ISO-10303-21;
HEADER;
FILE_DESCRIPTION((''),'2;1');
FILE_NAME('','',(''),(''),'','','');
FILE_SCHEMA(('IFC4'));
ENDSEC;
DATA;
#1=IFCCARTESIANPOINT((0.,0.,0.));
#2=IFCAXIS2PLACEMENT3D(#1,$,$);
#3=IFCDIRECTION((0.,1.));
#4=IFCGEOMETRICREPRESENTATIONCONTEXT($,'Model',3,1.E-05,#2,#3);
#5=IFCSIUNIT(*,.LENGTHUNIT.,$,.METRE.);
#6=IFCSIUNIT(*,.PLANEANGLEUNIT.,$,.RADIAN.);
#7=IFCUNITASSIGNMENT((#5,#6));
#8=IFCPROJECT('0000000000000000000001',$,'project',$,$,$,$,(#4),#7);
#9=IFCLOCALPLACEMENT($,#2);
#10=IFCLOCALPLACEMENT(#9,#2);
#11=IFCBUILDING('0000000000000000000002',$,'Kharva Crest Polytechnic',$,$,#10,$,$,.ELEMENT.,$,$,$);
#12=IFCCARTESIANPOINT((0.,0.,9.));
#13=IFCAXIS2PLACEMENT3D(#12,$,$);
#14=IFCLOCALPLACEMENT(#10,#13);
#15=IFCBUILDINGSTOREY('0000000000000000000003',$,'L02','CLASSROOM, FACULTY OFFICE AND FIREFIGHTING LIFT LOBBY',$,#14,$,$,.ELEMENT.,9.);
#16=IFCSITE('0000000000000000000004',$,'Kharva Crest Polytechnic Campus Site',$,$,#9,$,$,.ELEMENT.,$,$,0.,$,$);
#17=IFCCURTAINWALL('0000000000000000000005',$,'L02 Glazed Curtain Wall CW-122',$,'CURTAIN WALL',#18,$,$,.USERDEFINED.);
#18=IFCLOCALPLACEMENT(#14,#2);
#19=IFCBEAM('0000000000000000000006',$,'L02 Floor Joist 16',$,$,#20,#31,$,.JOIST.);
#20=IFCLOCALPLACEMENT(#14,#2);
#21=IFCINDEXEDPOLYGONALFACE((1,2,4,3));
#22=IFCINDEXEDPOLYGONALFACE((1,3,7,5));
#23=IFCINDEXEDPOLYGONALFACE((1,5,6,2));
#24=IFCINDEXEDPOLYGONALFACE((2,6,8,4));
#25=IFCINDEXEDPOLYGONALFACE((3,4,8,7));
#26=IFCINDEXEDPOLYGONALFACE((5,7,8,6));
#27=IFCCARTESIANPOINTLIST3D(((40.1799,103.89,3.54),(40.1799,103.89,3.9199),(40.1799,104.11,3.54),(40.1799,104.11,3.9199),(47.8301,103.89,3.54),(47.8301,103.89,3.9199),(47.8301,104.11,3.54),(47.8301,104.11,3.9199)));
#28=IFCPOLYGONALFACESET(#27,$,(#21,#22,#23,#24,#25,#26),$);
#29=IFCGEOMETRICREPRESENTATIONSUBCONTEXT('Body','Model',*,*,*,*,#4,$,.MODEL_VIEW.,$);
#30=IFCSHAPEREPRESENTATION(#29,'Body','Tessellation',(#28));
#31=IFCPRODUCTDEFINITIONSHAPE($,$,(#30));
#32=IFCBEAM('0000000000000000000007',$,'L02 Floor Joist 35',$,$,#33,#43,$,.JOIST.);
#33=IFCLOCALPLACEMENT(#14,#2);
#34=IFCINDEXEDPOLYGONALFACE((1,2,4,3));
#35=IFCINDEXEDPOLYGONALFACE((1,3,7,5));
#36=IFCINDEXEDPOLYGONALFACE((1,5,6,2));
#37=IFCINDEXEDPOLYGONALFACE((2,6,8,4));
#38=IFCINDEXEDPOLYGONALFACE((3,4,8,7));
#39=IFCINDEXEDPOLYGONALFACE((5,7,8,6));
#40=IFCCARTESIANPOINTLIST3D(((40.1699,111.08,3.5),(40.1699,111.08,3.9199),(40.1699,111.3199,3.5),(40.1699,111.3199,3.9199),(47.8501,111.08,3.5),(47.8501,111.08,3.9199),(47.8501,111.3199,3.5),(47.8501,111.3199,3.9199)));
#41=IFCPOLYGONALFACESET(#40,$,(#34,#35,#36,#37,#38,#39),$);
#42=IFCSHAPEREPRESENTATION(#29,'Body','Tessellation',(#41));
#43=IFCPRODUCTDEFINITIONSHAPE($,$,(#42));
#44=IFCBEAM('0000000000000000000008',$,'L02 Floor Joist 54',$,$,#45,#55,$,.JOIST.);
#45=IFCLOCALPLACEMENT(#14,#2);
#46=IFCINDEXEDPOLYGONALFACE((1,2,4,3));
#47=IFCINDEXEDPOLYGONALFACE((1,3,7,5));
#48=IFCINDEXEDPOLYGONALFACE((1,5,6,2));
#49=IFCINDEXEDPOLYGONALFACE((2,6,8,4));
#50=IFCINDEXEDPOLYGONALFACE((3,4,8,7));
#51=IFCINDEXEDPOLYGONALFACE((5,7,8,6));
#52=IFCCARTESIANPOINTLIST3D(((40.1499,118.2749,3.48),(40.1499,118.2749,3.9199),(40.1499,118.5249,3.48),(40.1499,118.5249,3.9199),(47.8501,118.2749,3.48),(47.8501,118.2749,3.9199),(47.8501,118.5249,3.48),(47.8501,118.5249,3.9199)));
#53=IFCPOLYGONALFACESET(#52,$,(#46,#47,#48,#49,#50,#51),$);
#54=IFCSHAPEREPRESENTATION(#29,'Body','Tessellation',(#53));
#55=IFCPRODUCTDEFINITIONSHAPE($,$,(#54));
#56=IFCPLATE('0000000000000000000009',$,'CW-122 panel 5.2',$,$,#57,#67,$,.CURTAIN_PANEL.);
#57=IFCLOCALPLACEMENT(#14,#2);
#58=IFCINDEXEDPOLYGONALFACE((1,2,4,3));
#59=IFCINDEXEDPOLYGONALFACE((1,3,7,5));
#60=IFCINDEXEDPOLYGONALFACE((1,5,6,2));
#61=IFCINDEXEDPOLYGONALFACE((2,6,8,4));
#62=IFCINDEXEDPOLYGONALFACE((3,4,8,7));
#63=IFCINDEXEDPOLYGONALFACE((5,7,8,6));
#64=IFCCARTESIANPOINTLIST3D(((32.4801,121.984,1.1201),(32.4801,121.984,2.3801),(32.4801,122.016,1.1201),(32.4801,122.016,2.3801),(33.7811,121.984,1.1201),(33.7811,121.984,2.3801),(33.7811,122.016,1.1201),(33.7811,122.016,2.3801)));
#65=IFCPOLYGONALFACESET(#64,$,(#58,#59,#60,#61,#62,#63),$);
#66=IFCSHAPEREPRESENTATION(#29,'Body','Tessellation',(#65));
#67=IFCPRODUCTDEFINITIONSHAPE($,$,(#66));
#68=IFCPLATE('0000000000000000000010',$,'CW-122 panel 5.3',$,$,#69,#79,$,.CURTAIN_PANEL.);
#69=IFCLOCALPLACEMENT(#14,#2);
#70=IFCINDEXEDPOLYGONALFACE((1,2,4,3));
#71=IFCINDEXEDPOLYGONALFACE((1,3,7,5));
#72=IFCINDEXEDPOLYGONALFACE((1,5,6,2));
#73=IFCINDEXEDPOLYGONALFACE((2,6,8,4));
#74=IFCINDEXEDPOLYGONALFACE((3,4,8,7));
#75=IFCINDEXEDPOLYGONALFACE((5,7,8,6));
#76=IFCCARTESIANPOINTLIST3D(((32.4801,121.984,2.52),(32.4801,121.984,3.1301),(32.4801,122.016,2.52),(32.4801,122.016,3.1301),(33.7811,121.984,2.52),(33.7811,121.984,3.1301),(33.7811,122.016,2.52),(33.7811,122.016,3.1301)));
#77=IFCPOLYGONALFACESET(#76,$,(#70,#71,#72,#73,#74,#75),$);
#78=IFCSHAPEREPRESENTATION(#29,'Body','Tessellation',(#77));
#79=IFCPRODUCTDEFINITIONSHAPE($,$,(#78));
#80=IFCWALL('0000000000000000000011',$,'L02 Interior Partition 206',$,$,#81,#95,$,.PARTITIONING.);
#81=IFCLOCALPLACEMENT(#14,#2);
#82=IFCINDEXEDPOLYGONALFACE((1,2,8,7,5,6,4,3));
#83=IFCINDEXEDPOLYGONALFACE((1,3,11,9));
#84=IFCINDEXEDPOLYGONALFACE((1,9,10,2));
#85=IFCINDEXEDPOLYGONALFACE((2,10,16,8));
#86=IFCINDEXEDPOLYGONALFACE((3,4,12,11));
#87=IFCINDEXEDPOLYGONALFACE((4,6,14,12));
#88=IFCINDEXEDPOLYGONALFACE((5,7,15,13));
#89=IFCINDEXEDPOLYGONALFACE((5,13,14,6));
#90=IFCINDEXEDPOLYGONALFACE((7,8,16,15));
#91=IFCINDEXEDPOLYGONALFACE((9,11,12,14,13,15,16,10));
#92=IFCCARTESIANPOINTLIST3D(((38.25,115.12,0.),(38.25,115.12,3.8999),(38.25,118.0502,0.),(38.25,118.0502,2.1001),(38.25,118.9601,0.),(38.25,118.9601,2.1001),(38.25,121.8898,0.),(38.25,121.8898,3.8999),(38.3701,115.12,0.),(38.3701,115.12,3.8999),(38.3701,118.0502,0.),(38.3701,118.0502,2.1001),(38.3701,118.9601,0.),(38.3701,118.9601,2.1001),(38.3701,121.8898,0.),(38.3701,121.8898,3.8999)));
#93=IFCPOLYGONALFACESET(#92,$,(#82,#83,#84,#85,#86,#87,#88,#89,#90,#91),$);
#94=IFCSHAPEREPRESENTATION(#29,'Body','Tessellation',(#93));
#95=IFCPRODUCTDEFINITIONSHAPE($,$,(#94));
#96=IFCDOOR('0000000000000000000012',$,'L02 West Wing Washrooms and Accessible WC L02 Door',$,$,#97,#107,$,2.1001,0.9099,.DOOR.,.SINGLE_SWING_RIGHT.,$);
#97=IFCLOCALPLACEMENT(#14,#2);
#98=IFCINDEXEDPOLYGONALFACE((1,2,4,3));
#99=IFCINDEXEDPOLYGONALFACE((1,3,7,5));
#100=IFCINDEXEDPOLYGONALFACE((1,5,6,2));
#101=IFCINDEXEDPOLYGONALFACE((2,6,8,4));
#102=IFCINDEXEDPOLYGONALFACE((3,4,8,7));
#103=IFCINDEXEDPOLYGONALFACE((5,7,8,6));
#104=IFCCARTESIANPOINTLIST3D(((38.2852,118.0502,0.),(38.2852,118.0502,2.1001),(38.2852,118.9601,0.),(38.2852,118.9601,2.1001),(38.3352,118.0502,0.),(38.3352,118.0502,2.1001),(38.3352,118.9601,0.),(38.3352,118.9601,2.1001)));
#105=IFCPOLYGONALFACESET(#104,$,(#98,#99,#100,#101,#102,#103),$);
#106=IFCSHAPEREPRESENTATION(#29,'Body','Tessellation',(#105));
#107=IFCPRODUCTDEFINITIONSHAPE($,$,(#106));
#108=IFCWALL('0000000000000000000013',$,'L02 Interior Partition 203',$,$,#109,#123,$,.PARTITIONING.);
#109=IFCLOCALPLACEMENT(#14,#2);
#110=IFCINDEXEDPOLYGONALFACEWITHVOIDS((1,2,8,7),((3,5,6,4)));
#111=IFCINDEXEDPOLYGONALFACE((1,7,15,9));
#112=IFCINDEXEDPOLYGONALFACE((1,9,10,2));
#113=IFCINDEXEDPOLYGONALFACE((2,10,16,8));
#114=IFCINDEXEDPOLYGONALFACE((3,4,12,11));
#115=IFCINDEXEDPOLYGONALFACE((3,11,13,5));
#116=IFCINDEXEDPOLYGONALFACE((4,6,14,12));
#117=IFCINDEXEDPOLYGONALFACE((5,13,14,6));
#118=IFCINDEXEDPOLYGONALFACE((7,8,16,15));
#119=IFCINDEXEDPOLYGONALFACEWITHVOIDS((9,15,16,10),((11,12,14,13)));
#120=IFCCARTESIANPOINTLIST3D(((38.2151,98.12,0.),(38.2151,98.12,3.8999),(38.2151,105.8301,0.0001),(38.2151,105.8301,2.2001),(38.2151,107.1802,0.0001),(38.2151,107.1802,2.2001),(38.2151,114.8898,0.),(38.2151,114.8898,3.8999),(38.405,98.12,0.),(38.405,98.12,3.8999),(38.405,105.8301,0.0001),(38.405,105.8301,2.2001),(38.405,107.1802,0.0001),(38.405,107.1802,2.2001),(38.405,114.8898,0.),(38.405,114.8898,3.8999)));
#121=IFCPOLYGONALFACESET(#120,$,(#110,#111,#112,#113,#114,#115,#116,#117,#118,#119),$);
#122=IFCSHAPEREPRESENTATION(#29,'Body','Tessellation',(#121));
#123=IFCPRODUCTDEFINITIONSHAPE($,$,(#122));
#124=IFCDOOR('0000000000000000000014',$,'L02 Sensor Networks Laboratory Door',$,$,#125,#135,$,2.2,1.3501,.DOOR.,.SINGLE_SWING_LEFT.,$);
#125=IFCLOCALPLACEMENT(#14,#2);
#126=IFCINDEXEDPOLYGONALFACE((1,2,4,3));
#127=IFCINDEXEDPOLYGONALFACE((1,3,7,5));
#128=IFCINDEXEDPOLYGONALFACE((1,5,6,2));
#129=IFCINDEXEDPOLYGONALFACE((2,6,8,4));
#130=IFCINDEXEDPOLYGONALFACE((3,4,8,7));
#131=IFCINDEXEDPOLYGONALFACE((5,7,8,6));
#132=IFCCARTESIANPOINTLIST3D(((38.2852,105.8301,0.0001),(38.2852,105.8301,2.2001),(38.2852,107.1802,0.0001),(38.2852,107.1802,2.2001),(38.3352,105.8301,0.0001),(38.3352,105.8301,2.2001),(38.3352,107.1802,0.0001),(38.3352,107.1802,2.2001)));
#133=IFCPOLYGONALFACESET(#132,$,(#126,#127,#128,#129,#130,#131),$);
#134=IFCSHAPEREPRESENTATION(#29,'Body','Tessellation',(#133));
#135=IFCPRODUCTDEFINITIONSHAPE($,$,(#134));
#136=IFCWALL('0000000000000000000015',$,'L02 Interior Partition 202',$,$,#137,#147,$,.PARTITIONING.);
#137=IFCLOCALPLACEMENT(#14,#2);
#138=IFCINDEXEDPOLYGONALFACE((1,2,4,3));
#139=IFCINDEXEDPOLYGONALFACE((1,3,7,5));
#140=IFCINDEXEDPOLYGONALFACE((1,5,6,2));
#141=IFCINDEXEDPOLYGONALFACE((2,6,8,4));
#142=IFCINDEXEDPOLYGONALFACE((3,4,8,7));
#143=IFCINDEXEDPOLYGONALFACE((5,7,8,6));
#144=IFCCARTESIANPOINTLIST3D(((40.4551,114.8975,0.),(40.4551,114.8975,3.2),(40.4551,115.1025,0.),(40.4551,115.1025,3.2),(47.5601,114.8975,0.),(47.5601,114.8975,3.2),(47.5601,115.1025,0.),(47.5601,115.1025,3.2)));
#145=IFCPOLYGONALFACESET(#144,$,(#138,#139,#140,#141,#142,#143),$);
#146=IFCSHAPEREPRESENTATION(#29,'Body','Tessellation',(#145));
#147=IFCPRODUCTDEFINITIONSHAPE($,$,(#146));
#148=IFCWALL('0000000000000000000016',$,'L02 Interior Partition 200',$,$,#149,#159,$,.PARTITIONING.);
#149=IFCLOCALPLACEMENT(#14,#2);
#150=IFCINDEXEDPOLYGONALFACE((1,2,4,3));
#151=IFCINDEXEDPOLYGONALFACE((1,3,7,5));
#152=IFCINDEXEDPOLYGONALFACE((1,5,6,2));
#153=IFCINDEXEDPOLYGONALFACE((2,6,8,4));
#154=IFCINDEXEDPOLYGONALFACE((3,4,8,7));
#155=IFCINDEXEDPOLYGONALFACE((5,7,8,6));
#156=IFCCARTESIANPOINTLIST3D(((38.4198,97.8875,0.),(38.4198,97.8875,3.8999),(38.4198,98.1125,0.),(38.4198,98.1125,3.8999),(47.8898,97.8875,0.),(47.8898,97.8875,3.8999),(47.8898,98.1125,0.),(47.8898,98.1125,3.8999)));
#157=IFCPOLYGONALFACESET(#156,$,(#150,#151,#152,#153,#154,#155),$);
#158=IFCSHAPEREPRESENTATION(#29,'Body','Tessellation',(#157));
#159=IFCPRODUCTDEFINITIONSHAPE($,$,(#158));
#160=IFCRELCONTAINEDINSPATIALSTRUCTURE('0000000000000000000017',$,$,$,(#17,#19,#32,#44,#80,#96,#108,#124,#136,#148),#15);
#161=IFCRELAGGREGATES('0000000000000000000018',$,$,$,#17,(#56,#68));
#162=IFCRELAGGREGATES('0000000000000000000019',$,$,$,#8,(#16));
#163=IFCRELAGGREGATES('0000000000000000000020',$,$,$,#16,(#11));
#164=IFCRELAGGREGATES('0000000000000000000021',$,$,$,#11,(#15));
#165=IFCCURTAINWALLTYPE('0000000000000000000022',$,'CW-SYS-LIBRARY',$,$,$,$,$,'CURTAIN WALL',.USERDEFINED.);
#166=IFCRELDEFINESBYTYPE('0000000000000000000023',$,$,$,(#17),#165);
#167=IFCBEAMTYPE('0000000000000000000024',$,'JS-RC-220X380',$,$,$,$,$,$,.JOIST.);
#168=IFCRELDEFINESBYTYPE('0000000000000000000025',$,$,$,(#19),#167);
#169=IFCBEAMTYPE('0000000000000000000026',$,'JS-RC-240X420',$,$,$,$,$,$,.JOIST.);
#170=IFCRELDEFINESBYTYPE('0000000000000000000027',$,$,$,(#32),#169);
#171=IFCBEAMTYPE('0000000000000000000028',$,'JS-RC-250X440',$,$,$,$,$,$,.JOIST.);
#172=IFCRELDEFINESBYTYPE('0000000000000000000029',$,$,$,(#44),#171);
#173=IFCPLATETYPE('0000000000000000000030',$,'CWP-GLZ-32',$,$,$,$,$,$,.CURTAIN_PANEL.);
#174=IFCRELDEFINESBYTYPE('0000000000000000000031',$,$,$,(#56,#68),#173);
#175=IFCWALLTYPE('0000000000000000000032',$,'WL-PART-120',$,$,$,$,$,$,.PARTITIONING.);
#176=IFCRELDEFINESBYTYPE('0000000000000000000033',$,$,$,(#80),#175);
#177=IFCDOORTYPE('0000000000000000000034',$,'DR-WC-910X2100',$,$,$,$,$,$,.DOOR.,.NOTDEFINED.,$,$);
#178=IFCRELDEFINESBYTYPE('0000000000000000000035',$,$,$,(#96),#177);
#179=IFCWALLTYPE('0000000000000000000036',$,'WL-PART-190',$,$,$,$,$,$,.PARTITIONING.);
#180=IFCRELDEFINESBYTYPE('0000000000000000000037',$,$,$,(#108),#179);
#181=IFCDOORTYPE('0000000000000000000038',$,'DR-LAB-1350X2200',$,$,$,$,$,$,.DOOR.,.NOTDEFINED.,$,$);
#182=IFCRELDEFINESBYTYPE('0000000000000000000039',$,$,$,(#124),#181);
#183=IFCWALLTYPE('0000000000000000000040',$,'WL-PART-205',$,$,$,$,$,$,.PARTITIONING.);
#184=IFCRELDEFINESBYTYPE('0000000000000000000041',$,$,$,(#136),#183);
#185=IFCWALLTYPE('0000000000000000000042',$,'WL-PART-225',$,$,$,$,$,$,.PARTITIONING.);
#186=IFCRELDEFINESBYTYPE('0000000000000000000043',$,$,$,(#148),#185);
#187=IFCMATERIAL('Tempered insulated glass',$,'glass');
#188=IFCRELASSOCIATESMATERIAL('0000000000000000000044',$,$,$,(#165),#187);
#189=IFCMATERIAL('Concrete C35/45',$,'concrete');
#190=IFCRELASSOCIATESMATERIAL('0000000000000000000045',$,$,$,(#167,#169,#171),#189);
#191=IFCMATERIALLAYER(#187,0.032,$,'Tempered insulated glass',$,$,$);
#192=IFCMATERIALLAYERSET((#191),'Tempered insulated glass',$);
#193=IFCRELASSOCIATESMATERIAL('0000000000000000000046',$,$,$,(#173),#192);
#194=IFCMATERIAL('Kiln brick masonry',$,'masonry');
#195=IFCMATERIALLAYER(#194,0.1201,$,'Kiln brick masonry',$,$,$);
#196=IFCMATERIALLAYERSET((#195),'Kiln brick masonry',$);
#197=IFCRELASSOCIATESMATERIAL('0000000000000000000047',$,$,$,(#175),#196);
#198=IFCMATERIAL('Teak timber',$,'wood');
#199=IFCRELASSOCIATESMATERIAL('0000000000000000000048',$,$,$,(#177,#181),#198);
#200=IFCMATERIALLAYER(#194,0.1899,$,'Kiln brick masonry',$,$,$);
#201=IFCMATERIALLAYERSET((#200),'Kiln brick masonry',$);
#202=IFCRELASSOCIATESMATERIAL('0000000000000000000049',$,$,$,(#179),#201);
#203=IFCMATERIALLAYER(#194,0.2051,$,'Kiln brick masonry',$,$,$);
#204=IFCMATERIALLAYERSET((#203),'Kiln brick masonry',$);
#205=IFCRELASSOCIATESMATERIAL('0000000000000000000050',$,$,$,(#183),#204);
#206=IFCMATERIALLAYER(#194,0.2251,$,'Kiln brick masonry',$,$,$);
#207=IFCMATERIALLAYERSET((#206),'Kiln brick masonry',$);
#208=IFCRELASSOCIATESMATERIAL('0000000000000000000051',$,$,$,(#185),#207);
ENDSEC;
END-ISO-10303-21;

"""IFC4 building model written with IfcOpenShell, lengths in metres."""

from ifc_helpers import new_model, si_unit, direction, frame, frame_2d, origin, origin_2d, place, context, subcontext, project, spatial, rectangle, extrude, material, layer, layer_set, material_profile, profile_set, type_object, element, fill, aggregate, save


model = new_model("IFC4")

# Units and contexts
model_context = context("Model", 3, precision=1e-05, world=origin(), true_north=direction((0.0, 1.0)))
body_context = subcontext(model_context, "Body", "Model", "MODEL_VIEW")
ifc_project = project(units=[si_unit("LENGTHUNIT", "METRE"), si_unit("PLANEANGLEUNIT", "RADIAN")], contexts=[model_context])

# Site, building, storey
site_placement = place(None, origin())
site = spatial("IfcSite", under=ifc_project, at=site_placement, Name="Kharva Crest Polytechnic Campus Site", CompositionType="ELEMENT", RefElevation=0.0)
building_placement = place(site_placement, origin())
building = spatial("IfcBuilding", under=site, at=building_placement, Name="Kharva Crest Polytechnic", CompositionType="ELEMENT")
storey_placement = place(building_placement, frame((0.0, 0.0, 9.0)))
storey = spatial("IfcBuildingStorey", under=building, at=storey_placement, Name="L02", Description="CLASSROOM, FACULTY OFFICE AND FIREFIGHTING LIFT LOBBY", CompositionType="ELEMENT", Elevation=9.0)

# Shared definitions
ifc_material_1 = material(Name="Concrete C35/45", Category="concrete")

# Curtain wall
ifc_material_2 = material(Name="Tempered insulated glass", Category="glass")
curtain_wall_type = type_object("IfcCurtainWallType", Name="CW-SYS-LIBRARY", ElementType="CURTAIN WALL", PredefinedType="USERDEFINED", material=ifc_material_2)
curtain_wall_placement = place(storey_placement, origin())
curtain_wall = element("IfcCurtainWall", 1, at=curtain_wall_placement, inside=storey, type_object=curtain_wall_type, Name="L02 Glazed Curtain Wall CW-122", ObjectType="CURTAIN WALL", PredefinedType="USERDEFINED")

# Beams
ifc_material_profile_1 = material_profile(ifc_material_1, rectangle(XDim=0.22, YDim=0.3799, at=origin_2d()), Name="RECT 220 X 380")
ifc_profile_set_1 = profile_set([ifc_material_profile_1], Name="Concrete C35/45")
beam_type_1 = type_object("IfcBeamType", Name="JS-RC-220X380", PredefinedType="JOIST", material=ifc_profile_set_1)
beam_1_placement = place(storey_placement, frame((40.1799, 104.0, 3.73), z_axis=(1.0, 0.0, 0.0), x_axis=(0.0, 1.0, 0.0)))
element("IfcBeam", 2, at=beam_1_placement, inside=storey, type_object=beam_type_1, Name="L02 Floor Joist 16", PredefinedType="JOIST", context=body_context, shape_type="SweptSolid", body=[
    extrude(rectangle(XDim=0.22, YDim=0.3799, at=origin_2d()), origin(), (0.0, 0.0, 1.0), 7.6501),
])
ifc_material_profile_2 = material_profile(ifc_material_1, rectangle(XDim=0.24, YDim=0.4199, at=origin_2d()), Name="RECT 240 X 420")
ifc_profile_set_2 = profile_set([ifc_material_profile_2], Name="Concrete C35/45")
beam_type_2 = type_object("IfcBeamType", Name="JS-RC-240X420", PredefinedType="JOIST", material=ifc_profile_set_2)
beam_2_placement = place(storey_placement, frame((40.1699, 111.2, 3.71), z_axis=(1.0, 0.0, 0.0), x_axis=(0.0, 1.0, 0.0)))
element("IfcBeam", 3, at=beam_2_placement, inside=storey, type_object=beam_type_2, Name="L02 Floor Joist 35", PredefinedType="JOIST", context=body_context, shape_type="SweptSolid", body=[
    extrude(rectangle(XDim=0.24, YDim=0.4199, at=origin_2d()), origin(), (0.0, 0.0, 1.0), 7.6802),
])
ifc_material_profile_3 = material_profile(ifc_material_1, rectangle(XDim=0.25, YDim=0.4399, at=origin_2d()), Name="RECT 250 X 440")
ifc_profile_set_3 = profile_set([ifc_material_profile_3], Name="Concrete C35/45")
beam_type_3 = type_object("IfcBeamType", Name="JS-RC-250X440", PredefinedType="JOIST", material=ifc_profile_set_3)
beam_3_placement = place(storey_placement, frame((40.1499, 118.3999, 3.7), z_axis=(1.0, 0.0, 0.0), x_axis=(0.0, 1.0, 0.0)))
element("IfcBeam", 4, at=beam_3_placement, inside=storey, type_object=beam_type_3, Name="L02 Floor Joist 54", PredefinedType="JOIST", context=body_context, shape_type="SweptSolid", body=[
    extrude(rectangle(XDim=0.25, YDim=0.4399, at=origin_2d()), origin(), (0.0, 0.0, 1.0), 7.7002),
])

# Plates
ifc_layer_1 = layer(ifc_material_2, 0.032, Name="Tempered insulated glass")
ifc_layer_set_1 = layer_set([ifc_layer_1], Name="Tempered insulated glass")
plate_type = type_object("IfcPlateType", Name="CWP-GLZ-32", PredefinedType="CURTAIN_PANEL", material=ifc_layer_set_1)
plate_1_placement = place(storey_placement, frame((33.1306, 122.0, 1.1201), z_axis=(0.0, 0.0, 1.0), x_axis=(-1.0, 0.0, 0.0)))
plate_1 = element("IfcPlate", 5, at=plate_1_placement, type_object=plate_type, Name="CW-122 panel 5.2", PredefinedType="CURTAIN_PANEL", context=body_context, shape_type="SweptSolid", body=[
    extrude(rectangle(XDim=1.301, YDim=0.032, at=origin_2d()), origin(), (0.0, 0.0, 1.0), 1.26),
])
plate_2_placement = place(storey_placement, frame((33.1306, 122.0, 2.52), z_axis=(0.0, 0.0, 1.0), x_axis=(-1.0, 0.0, 0.0)))
plate_2 = element("IfcPlate", 6, at=plate_2_placement, type_object=plate_type, Name="CW-122 panel 5.3", PredefinedType="CURTAIN_PANEL", context=body_context, shape_type="SweptSolid", body=[
    extrude(rectangle(XDim=1.301, YDim=0.032, at=origin_2d()), origin(), (0.0, 0.0, 1.0), 0.6101),
])
aggregate(curtain_wall, [plate_1, plate_2])

# Walls, openings, doors
ifc_material_3 = material(Name="Kiln brick masonry", Category="masonry")
ifc_layer_2 = layer(ifc_material_3, 0.1201, Name="Kiln brick masonry")
ifc_layer_set_2 = layer_set([ifc_layer_2], Name="Kiln brick masonry")
wall_type_1 = type_object("IfcWallType", Name="WL-PART-120", PredefinedType="PARTITIONING", material=ifc_layer_set_2)
wall_1_placement = place(storey_placement, frame((38.3101, 115.1201, 0.0), z_axis=(0.0, 0.0, 1.0), x_axis=(0.0, 1.0, 0.0)))
wall_1 = element("IfcWall", 7, at=wall_1_placement, inside=storey, type_object=wall_type_1, Name="L02 Interior Partition 206", PredefinedType="PARTITIONING", context=body_context, shape_type="SweptSolid", body=[
    extrude(rectangle(XDim=6.7698, YDim=0.1201, at=frame_2d((3.3848, 0.0))), origin(), (0.0, 0.0, 1.0), 3.8999),
])
opening_1_placement = place(wall_1_placement, frame((2.9299, 0.0, 0.0)))
opening_1 = element("IfcOpeningElement", 8, at=opening_1_placement, cuts=wall_1, PredefinedType="OPENING", context=body_context, shape_type="SweptSolid", body=[
    extrude(rectangle(XDim=0.9099, YDim=2.1001, at=frame_2d((0.4551, 1.05))), frame((0.0, 0.0701, 0.0), z_axis=(0.0, -1.0, 0.0), x_axis=(1.0, 0.0, 0.0)), (0.0, 0.0, 1.0), 0.1401),
])
ifc_material_4 = material(Name="Teak timber", Category="wood")
door_type_1 = type_object("IfcDoorType", Name="DR-WC-910X2100", OperationType="NOTDEFINED", PredefinedType="DOOR", material=ifc_material_4)
door_1_placement = place(opening_1_placement, origin())
door_1 = element("IfcDoor", 9, at=door_1_placement, inside=storey, type_object=door_type_1, Name="L02 West Wing Washrooms and Accessible WC L02 Door", OperationType="SINGLE_SWING_RIGHT", OverallHeight=2.1001, OverallWidth=0.9099, PredefinedType="DOOR", context=body_context, shape_type="SweptSolid", body=[
    extrude(rectangle(XDim=0.9099, YDim=2.1001, at=frame_2d((0.4551, 1.05))), frame((0.0, 0.0249, 0.0), z_axis=(0.0, -1.0, 0.0), x_axis=(1.0, 0.0, 0.0)), (0.0, 0.0, 1.0), 0.05),
])
fill(opening_1, door_1)
ifc_layer_3 = layer(ifc_material_3, 0.1899, Name="Kiln brick masonry")
ifc_layer_set_3 = layer_set([ifc_layer_3], Name="Kiln brick masonry")
wall_type_2 = type_object("IfcWallType", Name="WL-PART-190", PredefinedType="PARTITIONING", material=ifc_layer_set_3)
wall_2_placement = place(storey_placement, frame((38.3101, 98.1201, 0.0), z_axis=(0.0, 0.0, 1.0), x_axis=(0.0, 1.0, 0.0)))
wall_2 = element("IfcWall", 10, at=wall_2_placement, inside=storey, type_object=wall_type_2, Name="L02 Interior Partition 203", PredefinedType="PARTITIONING", context=body_context, shape_type="SweptSolid", body=[
    extrude(rectangle(XDim=16.7698, YDim=0.1899, at=frame_2d((8.3848, 0.0))), origin(), (0.0, 0.0, 1.0), 3.8999),
])
opening_2_placement = place(wall_2_placement, frame((7.71, 0.0, 0.0)))
opening_2 = element("IfcOpeningElement", 11, at=opening_2_placement, cuts=wall_2, PredefinedType="OPENING", context=body_context, shape_type="SweptSolid", body=[
    extrude(rectangle(XDim=1.3501, YDim=2.2, at=frame_2d((0.675, 1.1001))), frame((0.0, 0.105, 0.0), z_axis=(0.0, -1.0, 0.0), x_axis=(1.0, 0.0, 0.0)), (0.0, 0.0, 1.0), 0.21),
])
door_type_2 = type_object("IfcDoorType", Name="DR-LAB-1350X2200", OperationType="NOTDEFINED", PredefinedType="DOOR", material=ifc_material_4)
door_2_placement = place(opening_2_placement, origin())
door_2 = element("IfcDoor", 12, at=door_2_placement, inside=storey, type_object=door_type_2, Name="L02 Sensor Networks Laboratory Door", OperationType="SINGLE_SWING_LEFT", OverallHeight=2.2, OverallWidth=1.3501, PredefinedType="DOOR", context=body_context, shape_type="SweptSolid", body=[
    extrude(rectangle(XDim=1.3501, YDim=2.2, at=frame_2d((0.675, 1.1001))), frame((0.0, 0.0249, 0.0), z_axis=(0.0, -1.0, 0.0), x_axis=(1.0, 0.0, 0.0)), (0.0, 0.0, 1.0), 0.05),
])
fill(opening_2, door_2)

# Walls
ifc_layer_4 = layer(ifc_material_3, 0.2051, Name="Kiln brick masonry")
ifc_layer_set_4 = layer_set([ifc_layer_4], Name="Kiln brick masonry")
wall_type_3 = type_object("IfcWallType", Name="WL-PART-205", PredefinedType="PARTITIONING", material=ifc_layer_set_4)
wall_3_placement = place(storey_placement, frame((40.4551, 115.0, 0.0), z_axis=(0.0, 0.0, 1.0), x_axis=(1.0, 0.0, 0.0)))
element("IfcWall", 13, at=wall_3_placement, inside=storey, type_object=wall_type_3, Name="L02 Interior Partition 202", PredefinedType="PARTITIONING", context=body_context, shape_type="SweptSolid", body=[
    extrude(rectangle(XDim=7.105, YDim=0.2051, at=frame_2d((3.5525, 0.0))), origin(), (0.0, 0.0, 1.0), 3.2),
])
ifc_layer_5 = layer(ifc_material_3, 0.2251, Name="Kiln brick masonry")
ifc_layer_set_5 = layer_set([ifc_layer_5], Name="Kiln brick masonry")
wall_type_4 = type_object("IfcWallType", Name="WL-PART-225", PredefinedType="PARTITIONING", material=ifc_layer_set_5)
wall_4_placement = place(storey_placement, frame((38.4199, 98.0, 0.0), z_axis=(0.0, 0.0, 1.0), x_axis=(1.0, 0.0, 0.0)))
element("IfcWall", 14, at=wall_4_placement, inside=storey, type_object=wall_type_4, Name="L02 Interior Partition 200", PredefinedType="PARTITIONING", context=body_context, shape_type="SweptSolid", body=[
    extrude(rectangle(XDim=9.47, YDim=0.2251, at=frame_2d((4.7349, 0.0))), origin(), (0.0, 0.0, 1.0), 3.8999),
])

save(model, "model.ifc")
